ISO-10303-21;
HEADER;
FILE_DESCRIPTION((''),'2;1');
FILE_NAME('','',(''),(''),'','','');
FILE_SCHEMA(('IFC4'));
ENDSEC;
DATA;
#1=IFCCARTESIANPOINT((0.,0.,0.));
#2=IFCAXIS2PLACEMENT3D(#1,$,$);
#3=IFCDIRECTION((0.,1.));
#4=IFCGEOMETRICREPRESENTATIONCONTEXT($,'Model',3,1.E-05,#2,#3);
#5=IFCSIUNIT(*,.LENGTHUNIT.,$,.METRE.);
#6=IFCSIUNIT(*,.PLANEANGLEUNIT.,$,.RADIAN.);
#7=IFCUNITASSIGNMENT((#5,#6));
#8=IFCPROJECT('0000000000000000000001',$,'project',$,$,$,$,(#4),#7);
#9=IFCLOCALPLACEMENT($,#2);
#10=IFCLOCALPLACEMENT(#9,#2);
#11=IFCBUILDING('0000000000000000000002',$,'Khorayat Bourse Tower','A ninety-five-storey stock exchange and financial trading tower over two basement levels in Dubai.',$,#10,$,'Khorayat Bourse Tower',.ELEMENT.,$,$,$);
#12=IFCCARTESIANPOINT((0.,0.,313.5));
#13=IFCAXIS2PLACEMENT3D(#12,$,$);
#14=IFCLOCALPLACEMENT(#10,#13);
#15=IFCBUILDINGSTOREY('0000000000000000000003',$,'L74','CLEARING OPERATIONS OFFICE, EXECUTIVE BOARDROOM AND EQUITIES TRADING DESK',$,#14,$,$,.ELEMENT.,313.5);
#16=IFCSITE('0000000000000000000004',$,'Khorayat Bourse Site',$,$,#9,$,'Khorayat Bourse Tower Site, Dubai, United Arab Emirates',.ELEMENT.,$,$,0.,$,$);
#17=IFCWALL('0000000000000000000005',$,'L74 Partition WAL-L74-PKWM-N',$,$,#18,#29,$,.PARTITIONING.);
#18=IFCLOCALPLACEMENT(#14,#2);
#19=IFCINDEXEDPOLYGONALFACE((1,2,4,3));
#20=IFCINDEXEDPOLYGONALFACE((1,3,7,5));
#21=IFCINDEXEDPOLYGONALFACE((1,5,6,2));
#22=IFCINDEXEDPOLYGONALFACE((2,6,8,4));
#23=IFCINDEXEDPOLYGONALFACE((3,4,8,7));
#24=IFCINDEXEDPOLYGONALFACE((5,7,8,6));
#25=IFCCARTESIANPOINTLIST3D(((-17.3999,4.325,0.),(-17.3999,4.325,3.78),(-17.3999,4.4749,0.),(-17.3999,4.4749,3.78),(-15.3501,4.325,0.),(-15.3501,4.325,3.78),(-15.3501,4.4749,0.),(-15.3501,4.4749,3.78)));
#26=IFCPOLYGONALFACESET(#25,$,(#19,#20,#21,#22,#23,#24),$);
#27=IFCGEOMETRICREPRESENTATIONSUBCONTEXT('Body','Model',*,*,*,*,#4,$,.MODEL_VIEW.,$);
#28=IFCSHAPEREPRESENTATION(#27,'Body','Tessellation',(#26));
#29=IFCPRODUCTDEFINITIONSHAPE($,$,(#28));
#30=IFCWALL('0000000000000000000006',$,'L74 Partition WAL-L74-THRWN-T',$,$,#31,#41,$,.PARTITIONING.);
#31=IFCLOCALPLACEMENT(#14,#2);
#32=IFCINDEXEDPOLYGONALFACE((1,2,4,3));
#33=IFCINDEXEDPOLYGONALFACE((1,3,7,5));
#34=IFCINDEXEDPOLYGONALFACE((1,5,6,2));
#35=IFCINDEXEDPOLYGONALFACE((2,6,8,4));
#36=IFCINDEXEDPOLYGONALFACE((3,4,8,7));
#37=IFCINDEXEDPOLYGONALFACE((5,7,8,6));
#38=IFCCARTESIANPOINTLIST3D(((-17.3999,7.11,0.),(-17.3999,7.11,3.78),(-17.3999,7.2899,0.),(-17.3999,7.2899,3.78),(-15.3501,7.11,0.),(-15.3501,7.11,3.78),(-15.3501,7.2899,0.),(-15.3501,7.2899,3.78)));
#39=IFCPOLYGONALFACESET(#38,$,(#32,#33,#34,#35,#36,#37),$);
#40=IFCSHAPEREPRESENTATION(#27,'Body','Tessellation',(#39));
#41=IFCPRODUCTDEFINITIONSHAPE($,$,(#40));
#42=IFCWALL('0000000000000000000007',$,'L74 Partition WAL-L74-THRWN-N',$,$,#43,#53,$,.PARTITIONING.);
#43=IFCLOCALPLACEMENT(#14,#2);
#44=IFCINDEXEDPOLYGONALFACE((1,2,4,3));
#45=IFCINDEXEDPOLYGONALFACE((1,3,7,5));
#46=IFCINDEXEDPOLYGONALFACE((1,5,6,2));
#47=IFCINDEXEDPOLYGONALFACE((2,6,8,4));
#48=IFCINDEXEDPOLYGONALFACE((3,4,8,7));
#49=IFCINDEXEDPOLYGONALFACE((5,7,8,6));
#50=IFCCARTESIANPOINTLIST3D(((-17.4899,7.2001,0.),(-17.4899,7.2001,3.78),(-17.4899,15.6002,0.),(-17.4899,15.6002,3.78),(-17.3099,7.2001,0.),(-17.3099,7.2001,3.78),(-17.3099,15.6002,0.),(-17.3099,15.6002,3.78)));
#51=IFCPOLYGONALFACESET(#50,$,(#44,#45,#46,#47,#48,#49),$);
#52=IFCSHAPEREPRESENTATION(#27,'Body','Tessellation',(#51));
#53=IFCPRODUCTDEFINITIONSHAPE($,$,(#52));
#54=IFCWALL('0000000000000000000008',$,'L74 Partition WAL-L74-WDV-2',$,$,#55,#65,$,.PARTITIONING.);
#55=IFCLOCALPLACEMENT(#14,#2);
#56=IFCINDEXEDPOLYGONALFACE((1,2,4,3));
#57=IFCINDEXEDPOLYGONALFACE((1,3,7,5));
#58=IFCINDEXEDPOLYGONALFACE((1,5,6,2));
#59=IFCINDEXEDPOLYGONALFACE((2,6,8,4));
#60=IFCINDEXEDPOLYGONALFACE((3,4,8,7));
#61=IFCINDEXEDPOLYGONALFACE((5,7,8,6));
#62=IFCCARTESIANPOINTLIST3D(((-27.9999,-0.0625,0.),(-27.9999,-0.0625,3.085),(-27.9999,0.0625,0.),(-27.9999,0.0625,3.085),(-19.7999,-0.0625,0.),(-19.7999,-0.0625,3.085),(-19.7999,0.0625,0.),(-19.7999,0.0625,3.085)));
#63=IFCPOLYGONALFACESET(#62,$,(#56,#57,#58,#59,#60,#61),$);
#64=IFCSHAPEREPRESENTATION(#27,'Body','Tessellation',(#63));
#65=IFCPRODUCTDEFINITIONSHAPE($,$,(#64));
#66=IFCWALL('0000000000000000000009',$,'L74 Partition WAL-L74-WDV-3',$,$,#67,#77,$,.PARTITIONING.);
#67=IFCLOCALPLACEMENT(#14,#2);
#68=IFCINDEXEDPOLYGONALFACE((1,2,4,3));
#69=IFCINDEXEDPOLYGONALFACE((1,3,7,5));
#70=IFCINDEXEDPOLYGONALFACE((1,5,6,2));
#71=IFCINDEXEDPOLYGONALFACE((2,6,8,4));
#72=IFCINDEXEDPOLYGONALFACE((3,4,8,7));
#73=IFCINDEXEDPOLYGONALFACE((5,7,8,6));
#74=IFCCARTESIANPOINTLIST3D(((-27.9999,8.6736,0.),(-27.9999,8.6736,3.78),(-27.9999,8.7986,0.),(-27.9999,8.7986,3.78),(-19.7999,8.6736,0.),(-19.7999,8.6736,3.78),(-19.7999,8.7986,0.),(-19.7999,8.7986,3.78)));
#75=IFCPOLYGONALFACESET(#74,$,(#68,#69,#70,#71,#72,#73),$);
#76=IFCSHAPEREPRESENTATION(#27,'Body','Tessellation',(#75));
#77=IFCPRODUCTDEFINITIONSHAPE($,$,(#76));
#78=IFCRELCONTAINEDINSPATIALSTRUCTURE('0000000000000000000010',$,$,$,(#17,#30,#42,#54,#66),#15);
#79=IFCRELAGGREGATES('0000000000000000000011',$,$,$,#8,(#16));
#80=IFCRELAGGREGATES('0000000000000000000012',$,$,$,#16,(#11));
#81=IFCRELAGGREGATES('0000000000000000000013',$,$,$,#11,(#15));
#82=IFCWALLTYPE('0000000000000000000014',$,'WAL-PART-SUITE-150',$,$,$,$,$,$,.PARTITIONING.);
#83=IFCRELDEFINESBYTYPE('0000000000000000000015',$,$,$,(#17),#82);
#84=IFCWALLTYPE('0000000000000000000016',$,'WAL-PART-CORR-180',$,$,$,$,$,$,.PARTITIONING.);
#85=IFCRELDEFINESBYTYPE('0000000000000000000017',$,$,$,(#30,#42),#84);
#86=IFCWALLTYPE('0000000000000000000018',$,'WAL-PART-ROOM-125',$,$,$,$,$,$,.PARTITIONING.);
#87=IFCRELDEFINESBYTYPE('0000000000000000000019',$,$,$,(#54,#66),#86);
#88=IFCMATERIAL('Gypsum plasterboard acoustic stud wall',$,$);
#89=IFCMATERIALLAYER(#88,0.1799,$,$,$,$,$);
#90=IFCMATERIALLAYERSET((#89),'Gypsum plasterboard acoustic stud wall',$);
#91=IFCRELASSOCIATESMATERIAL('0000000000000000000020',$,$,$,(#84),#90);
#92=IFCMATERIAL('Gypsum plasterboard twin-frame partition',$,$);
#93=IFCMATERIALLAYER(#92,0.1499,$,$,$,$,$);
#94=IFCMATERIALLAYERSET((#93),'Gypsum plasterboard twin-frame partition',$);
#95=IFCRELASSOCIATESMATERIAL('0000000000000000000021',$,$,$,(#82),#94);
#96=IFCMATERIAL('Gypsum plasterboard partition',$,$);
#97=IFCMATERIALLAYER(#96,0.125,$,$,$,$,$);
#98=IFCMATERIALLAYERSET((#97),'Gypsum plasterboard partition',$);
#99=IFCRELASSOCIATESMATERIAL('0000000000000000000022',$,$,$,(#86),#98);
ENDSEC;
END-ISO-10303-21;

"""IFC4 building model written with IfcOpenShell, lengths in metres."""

from ifc_helpers import new_model, si_unit, direction, frame, frame_2d, origin, place, context, subcontext, project, spatial, rectangle, extrude, source, transform, mapped, material, layer, layer_set, type_object, element, save


model = new_model("IFC4")

# Units and contexts
model_context = context("Model", 3, precision=1e-05, world=origin(), true_north=direction((0.0, 1.0)))
body_context = subcontext(model_context, "Body", "Model", "MODEL_VIEW")
ifc_project = project(units=[si_unit("LENGTHUNIT", "METRE"), si_unit("PLANEANGLEUNIT", "RADIAN")], contexts=[model_context])

# Site, building, storey
site_placement = place(None, origin())
site = spatial("IfcSite", under=ifc_project, at=site_placement, Name="Khorayat Bourse Site", LongName="Khorayat Bourse Tower Site, Dubai, United Arab Emirates", CompositionType="ELEMENT", RefElevation=0.0)
building_placement = place(site_placement, origin())
building = spatial("IfcBuilding", under=site, at=building_placement, Name="Khorayat Bourse Tower", Description="A ninety-five-storey stock exchange and financial trading tower over two basement levels in Dubai.", LongName="Khorayat Bourse Tower", CompositionType="ELEMENT")
storey_placement = place(building_placement, frame((0.0, 0.0, 313.5)))
storey = spatial("IfcBuildingStorey", under=building, at=storey_placement, Name="L74", Description="CLEARING OPERATIONS OFFICE, EXECUTIVE BOARDROOM AND EQUITIES TRADING DESK", CompositionType="ELEMENT", Elevation=313.5)

# Walls
ifc_material_1 = material(Name="Gypsum plasterboard acoustic stud wall")
ifc_layer_1 = layer(ifc_material_1, 0.1799)
ifc_layer_set_1 = layer_set([ifc_layer_1], Name="Gypsum plasterboard acoustic stud wall")
wall_type_1 = type_object("IfcWallType", Name="WAL-PART-CORR-180", PredefinedType="PARTITIONING", material=ifc_layer_set_1)
ifc_material_2 = material(Name="Gypsum plasterboard twin-frame partition")
ifc_layer_2 = layer(ifc_material_2, 0.1499)
ifc_layer_set_2 = layer_set([ifc_layer_2], Name="Gypsum plasterboard twin-frame partition")
wall_type_2 = type_object("IfcWallType", Name="WAL-PART-SUITE-150", PredefinedType="PARTITIONING", material=ifc_layer_set_2)
shared_shape_1 = source(origin(), body_context, "Body", "SweptSolid", [
    extrude(rectangle(XDim=2.0498, YDim=0.1499, at=frame_2d((1.0249, 0.0))), origin(), (0.0, 0.0, 1.0), 3.78),
])
wall_1_placement = place(storey_placement, frame((-17.3999, 4.3999, 0.0), z_axis=(0.0, 0.0, 1.0), x_axis=(1.0, 0.0, 0.0)))
element("IfcWall", 1, at=wall_1_placement, inside=storey, type_object=wall_type_2, Name="L74 Partition WAL-L74-PKWM-N", PredefinedType="PARTITIONING", context=body_context, shape_type="MappedRepresentation", body=[
    mapped(shared_shape_1, transform((0.0, 0.0, 0.0), scale=1.0)),
])
shared_shape_2 = source(origin(), body_context, "Body", "SweptSolid", [
    extrude(rectangle(XDim=2.0498, YDim=0.1799, at=frame_2d((1.0249, 0.0))), origin(), (0.0, 0.0, 1.0), 3.78),
])
wall_2_placement = place(storey_placement, frame((-17.3999, 7.2, 0.0), z_axis=(0.0, 0.0, 1.0), x_axis=(1.0, 0.0, 0.0)))
element("IfcWall", 2, at=wall_2_placement, inside=storey, type_object=wall_type_1, Name="L74 Partition WAL-L74-THRWN-T", PredefinedType="PARTITIONING", context=body_context, shape_type="MappedRepresentation", body=[
    mapped(shared_shape_2, transform((0.0, 0.0, 0.0), scale=1.0)),
])
shared_shape_3 = source(origin(), body_context, "Body", "SweptSolid", [
    extrude(rectangle(XDim=8.4001, YDim=0.1799, at=frame_2d((4.2002, 0.0))), origin(), (0.0, 0.0, 1.0), 3.78),
])
wall_3_placement = place(storey_placement, frame((-17.3999, 7.2, 0.0), z_axis=(0.0, 0.0, 1.0), x_axis=(0.0, 1.0, 0.0)))
element("IfcWall", 3, at=wall_3_placement, inside=storey, type_object=wall_type_1, Name="L74 Partition WAL-L74-THRWN-N", PredefinedType="PARTITIONING", context=body_context, shape_type="MappedRepresentation", body=[
    mapped(shared_shape_3, transform((0.0, 0.0, 0.0), scale=1.0)),
])
ifc_material_3 = material(Name="Gypsum plasterboard partition")
ifc_layer_3 = layer(ifc_material_3, 0.125)
ifc_layer_set_3 = layer_set([ifc_layer_3], Name="Gypsum plasterboard partition")
wall_type_3 = type_object("IfcWallType", Name="WAL-PART-ROOM-125", PredefinedType="PARTITIONING", material=ifc_layer_set_3)
shared_shape_4 = source(origin(), body_context, "Body", "SweptSolid", [
    extrude(rectangle(XDim=8.2, YDim=0.125, at=frame_2d((4.1001, 0.0))), origin(), (0.0, 0.0, 1.0), 3.085),
])
wall_4_placement = place(storey_placement, frame((-28.0, 0.0, 0.0), z_axis=(0.0, 0.0, 1.0), x_axis=(1.0, 0.0, 0.0)))
element("IfcWall", 4, at=wall_4_placement, inside=storey, type_object=wall_type_3, Name="L74 Partition WAL-L74-WDV-2", PredefinedType="PARTITIONING", context=body_context, shape_type="MappedRepresentation", body=[
    mapped(shared_shape_4, transform((0.0, 0.0, 0.0), scale=1.0)),
])
shared_shape_5 = source(origin(), body_context, "Body", "SweptSolid", [
    extrude(rectangle(XDim=8.2, YDim=0.125, at=frame_2d((4.1001, 0.0))), origin(), (0.0, 0.0, 1.0), 3.78),
])
wall_5_placement = place(storey_placement, frame((-28.0, 8.7361, 0.0), z_axis=(0.0, 0.0, 1.0), x_axis=(1.0, 0.0, 0.0)))
element("IfcWall", 5, at=wall_5_placement, inside=storey, type_object=wall_type_3, Name="L74 Partition WAL-L74-WDV-3", PredefinedType="PARTITIONING", context=body_context, shape_type="MappedRepresentation", body=[
    mapped(shared_shape_5, transform((0.0, 0.0, 0.0), scale=1.0)),
])

save(model, "model.ifc")
